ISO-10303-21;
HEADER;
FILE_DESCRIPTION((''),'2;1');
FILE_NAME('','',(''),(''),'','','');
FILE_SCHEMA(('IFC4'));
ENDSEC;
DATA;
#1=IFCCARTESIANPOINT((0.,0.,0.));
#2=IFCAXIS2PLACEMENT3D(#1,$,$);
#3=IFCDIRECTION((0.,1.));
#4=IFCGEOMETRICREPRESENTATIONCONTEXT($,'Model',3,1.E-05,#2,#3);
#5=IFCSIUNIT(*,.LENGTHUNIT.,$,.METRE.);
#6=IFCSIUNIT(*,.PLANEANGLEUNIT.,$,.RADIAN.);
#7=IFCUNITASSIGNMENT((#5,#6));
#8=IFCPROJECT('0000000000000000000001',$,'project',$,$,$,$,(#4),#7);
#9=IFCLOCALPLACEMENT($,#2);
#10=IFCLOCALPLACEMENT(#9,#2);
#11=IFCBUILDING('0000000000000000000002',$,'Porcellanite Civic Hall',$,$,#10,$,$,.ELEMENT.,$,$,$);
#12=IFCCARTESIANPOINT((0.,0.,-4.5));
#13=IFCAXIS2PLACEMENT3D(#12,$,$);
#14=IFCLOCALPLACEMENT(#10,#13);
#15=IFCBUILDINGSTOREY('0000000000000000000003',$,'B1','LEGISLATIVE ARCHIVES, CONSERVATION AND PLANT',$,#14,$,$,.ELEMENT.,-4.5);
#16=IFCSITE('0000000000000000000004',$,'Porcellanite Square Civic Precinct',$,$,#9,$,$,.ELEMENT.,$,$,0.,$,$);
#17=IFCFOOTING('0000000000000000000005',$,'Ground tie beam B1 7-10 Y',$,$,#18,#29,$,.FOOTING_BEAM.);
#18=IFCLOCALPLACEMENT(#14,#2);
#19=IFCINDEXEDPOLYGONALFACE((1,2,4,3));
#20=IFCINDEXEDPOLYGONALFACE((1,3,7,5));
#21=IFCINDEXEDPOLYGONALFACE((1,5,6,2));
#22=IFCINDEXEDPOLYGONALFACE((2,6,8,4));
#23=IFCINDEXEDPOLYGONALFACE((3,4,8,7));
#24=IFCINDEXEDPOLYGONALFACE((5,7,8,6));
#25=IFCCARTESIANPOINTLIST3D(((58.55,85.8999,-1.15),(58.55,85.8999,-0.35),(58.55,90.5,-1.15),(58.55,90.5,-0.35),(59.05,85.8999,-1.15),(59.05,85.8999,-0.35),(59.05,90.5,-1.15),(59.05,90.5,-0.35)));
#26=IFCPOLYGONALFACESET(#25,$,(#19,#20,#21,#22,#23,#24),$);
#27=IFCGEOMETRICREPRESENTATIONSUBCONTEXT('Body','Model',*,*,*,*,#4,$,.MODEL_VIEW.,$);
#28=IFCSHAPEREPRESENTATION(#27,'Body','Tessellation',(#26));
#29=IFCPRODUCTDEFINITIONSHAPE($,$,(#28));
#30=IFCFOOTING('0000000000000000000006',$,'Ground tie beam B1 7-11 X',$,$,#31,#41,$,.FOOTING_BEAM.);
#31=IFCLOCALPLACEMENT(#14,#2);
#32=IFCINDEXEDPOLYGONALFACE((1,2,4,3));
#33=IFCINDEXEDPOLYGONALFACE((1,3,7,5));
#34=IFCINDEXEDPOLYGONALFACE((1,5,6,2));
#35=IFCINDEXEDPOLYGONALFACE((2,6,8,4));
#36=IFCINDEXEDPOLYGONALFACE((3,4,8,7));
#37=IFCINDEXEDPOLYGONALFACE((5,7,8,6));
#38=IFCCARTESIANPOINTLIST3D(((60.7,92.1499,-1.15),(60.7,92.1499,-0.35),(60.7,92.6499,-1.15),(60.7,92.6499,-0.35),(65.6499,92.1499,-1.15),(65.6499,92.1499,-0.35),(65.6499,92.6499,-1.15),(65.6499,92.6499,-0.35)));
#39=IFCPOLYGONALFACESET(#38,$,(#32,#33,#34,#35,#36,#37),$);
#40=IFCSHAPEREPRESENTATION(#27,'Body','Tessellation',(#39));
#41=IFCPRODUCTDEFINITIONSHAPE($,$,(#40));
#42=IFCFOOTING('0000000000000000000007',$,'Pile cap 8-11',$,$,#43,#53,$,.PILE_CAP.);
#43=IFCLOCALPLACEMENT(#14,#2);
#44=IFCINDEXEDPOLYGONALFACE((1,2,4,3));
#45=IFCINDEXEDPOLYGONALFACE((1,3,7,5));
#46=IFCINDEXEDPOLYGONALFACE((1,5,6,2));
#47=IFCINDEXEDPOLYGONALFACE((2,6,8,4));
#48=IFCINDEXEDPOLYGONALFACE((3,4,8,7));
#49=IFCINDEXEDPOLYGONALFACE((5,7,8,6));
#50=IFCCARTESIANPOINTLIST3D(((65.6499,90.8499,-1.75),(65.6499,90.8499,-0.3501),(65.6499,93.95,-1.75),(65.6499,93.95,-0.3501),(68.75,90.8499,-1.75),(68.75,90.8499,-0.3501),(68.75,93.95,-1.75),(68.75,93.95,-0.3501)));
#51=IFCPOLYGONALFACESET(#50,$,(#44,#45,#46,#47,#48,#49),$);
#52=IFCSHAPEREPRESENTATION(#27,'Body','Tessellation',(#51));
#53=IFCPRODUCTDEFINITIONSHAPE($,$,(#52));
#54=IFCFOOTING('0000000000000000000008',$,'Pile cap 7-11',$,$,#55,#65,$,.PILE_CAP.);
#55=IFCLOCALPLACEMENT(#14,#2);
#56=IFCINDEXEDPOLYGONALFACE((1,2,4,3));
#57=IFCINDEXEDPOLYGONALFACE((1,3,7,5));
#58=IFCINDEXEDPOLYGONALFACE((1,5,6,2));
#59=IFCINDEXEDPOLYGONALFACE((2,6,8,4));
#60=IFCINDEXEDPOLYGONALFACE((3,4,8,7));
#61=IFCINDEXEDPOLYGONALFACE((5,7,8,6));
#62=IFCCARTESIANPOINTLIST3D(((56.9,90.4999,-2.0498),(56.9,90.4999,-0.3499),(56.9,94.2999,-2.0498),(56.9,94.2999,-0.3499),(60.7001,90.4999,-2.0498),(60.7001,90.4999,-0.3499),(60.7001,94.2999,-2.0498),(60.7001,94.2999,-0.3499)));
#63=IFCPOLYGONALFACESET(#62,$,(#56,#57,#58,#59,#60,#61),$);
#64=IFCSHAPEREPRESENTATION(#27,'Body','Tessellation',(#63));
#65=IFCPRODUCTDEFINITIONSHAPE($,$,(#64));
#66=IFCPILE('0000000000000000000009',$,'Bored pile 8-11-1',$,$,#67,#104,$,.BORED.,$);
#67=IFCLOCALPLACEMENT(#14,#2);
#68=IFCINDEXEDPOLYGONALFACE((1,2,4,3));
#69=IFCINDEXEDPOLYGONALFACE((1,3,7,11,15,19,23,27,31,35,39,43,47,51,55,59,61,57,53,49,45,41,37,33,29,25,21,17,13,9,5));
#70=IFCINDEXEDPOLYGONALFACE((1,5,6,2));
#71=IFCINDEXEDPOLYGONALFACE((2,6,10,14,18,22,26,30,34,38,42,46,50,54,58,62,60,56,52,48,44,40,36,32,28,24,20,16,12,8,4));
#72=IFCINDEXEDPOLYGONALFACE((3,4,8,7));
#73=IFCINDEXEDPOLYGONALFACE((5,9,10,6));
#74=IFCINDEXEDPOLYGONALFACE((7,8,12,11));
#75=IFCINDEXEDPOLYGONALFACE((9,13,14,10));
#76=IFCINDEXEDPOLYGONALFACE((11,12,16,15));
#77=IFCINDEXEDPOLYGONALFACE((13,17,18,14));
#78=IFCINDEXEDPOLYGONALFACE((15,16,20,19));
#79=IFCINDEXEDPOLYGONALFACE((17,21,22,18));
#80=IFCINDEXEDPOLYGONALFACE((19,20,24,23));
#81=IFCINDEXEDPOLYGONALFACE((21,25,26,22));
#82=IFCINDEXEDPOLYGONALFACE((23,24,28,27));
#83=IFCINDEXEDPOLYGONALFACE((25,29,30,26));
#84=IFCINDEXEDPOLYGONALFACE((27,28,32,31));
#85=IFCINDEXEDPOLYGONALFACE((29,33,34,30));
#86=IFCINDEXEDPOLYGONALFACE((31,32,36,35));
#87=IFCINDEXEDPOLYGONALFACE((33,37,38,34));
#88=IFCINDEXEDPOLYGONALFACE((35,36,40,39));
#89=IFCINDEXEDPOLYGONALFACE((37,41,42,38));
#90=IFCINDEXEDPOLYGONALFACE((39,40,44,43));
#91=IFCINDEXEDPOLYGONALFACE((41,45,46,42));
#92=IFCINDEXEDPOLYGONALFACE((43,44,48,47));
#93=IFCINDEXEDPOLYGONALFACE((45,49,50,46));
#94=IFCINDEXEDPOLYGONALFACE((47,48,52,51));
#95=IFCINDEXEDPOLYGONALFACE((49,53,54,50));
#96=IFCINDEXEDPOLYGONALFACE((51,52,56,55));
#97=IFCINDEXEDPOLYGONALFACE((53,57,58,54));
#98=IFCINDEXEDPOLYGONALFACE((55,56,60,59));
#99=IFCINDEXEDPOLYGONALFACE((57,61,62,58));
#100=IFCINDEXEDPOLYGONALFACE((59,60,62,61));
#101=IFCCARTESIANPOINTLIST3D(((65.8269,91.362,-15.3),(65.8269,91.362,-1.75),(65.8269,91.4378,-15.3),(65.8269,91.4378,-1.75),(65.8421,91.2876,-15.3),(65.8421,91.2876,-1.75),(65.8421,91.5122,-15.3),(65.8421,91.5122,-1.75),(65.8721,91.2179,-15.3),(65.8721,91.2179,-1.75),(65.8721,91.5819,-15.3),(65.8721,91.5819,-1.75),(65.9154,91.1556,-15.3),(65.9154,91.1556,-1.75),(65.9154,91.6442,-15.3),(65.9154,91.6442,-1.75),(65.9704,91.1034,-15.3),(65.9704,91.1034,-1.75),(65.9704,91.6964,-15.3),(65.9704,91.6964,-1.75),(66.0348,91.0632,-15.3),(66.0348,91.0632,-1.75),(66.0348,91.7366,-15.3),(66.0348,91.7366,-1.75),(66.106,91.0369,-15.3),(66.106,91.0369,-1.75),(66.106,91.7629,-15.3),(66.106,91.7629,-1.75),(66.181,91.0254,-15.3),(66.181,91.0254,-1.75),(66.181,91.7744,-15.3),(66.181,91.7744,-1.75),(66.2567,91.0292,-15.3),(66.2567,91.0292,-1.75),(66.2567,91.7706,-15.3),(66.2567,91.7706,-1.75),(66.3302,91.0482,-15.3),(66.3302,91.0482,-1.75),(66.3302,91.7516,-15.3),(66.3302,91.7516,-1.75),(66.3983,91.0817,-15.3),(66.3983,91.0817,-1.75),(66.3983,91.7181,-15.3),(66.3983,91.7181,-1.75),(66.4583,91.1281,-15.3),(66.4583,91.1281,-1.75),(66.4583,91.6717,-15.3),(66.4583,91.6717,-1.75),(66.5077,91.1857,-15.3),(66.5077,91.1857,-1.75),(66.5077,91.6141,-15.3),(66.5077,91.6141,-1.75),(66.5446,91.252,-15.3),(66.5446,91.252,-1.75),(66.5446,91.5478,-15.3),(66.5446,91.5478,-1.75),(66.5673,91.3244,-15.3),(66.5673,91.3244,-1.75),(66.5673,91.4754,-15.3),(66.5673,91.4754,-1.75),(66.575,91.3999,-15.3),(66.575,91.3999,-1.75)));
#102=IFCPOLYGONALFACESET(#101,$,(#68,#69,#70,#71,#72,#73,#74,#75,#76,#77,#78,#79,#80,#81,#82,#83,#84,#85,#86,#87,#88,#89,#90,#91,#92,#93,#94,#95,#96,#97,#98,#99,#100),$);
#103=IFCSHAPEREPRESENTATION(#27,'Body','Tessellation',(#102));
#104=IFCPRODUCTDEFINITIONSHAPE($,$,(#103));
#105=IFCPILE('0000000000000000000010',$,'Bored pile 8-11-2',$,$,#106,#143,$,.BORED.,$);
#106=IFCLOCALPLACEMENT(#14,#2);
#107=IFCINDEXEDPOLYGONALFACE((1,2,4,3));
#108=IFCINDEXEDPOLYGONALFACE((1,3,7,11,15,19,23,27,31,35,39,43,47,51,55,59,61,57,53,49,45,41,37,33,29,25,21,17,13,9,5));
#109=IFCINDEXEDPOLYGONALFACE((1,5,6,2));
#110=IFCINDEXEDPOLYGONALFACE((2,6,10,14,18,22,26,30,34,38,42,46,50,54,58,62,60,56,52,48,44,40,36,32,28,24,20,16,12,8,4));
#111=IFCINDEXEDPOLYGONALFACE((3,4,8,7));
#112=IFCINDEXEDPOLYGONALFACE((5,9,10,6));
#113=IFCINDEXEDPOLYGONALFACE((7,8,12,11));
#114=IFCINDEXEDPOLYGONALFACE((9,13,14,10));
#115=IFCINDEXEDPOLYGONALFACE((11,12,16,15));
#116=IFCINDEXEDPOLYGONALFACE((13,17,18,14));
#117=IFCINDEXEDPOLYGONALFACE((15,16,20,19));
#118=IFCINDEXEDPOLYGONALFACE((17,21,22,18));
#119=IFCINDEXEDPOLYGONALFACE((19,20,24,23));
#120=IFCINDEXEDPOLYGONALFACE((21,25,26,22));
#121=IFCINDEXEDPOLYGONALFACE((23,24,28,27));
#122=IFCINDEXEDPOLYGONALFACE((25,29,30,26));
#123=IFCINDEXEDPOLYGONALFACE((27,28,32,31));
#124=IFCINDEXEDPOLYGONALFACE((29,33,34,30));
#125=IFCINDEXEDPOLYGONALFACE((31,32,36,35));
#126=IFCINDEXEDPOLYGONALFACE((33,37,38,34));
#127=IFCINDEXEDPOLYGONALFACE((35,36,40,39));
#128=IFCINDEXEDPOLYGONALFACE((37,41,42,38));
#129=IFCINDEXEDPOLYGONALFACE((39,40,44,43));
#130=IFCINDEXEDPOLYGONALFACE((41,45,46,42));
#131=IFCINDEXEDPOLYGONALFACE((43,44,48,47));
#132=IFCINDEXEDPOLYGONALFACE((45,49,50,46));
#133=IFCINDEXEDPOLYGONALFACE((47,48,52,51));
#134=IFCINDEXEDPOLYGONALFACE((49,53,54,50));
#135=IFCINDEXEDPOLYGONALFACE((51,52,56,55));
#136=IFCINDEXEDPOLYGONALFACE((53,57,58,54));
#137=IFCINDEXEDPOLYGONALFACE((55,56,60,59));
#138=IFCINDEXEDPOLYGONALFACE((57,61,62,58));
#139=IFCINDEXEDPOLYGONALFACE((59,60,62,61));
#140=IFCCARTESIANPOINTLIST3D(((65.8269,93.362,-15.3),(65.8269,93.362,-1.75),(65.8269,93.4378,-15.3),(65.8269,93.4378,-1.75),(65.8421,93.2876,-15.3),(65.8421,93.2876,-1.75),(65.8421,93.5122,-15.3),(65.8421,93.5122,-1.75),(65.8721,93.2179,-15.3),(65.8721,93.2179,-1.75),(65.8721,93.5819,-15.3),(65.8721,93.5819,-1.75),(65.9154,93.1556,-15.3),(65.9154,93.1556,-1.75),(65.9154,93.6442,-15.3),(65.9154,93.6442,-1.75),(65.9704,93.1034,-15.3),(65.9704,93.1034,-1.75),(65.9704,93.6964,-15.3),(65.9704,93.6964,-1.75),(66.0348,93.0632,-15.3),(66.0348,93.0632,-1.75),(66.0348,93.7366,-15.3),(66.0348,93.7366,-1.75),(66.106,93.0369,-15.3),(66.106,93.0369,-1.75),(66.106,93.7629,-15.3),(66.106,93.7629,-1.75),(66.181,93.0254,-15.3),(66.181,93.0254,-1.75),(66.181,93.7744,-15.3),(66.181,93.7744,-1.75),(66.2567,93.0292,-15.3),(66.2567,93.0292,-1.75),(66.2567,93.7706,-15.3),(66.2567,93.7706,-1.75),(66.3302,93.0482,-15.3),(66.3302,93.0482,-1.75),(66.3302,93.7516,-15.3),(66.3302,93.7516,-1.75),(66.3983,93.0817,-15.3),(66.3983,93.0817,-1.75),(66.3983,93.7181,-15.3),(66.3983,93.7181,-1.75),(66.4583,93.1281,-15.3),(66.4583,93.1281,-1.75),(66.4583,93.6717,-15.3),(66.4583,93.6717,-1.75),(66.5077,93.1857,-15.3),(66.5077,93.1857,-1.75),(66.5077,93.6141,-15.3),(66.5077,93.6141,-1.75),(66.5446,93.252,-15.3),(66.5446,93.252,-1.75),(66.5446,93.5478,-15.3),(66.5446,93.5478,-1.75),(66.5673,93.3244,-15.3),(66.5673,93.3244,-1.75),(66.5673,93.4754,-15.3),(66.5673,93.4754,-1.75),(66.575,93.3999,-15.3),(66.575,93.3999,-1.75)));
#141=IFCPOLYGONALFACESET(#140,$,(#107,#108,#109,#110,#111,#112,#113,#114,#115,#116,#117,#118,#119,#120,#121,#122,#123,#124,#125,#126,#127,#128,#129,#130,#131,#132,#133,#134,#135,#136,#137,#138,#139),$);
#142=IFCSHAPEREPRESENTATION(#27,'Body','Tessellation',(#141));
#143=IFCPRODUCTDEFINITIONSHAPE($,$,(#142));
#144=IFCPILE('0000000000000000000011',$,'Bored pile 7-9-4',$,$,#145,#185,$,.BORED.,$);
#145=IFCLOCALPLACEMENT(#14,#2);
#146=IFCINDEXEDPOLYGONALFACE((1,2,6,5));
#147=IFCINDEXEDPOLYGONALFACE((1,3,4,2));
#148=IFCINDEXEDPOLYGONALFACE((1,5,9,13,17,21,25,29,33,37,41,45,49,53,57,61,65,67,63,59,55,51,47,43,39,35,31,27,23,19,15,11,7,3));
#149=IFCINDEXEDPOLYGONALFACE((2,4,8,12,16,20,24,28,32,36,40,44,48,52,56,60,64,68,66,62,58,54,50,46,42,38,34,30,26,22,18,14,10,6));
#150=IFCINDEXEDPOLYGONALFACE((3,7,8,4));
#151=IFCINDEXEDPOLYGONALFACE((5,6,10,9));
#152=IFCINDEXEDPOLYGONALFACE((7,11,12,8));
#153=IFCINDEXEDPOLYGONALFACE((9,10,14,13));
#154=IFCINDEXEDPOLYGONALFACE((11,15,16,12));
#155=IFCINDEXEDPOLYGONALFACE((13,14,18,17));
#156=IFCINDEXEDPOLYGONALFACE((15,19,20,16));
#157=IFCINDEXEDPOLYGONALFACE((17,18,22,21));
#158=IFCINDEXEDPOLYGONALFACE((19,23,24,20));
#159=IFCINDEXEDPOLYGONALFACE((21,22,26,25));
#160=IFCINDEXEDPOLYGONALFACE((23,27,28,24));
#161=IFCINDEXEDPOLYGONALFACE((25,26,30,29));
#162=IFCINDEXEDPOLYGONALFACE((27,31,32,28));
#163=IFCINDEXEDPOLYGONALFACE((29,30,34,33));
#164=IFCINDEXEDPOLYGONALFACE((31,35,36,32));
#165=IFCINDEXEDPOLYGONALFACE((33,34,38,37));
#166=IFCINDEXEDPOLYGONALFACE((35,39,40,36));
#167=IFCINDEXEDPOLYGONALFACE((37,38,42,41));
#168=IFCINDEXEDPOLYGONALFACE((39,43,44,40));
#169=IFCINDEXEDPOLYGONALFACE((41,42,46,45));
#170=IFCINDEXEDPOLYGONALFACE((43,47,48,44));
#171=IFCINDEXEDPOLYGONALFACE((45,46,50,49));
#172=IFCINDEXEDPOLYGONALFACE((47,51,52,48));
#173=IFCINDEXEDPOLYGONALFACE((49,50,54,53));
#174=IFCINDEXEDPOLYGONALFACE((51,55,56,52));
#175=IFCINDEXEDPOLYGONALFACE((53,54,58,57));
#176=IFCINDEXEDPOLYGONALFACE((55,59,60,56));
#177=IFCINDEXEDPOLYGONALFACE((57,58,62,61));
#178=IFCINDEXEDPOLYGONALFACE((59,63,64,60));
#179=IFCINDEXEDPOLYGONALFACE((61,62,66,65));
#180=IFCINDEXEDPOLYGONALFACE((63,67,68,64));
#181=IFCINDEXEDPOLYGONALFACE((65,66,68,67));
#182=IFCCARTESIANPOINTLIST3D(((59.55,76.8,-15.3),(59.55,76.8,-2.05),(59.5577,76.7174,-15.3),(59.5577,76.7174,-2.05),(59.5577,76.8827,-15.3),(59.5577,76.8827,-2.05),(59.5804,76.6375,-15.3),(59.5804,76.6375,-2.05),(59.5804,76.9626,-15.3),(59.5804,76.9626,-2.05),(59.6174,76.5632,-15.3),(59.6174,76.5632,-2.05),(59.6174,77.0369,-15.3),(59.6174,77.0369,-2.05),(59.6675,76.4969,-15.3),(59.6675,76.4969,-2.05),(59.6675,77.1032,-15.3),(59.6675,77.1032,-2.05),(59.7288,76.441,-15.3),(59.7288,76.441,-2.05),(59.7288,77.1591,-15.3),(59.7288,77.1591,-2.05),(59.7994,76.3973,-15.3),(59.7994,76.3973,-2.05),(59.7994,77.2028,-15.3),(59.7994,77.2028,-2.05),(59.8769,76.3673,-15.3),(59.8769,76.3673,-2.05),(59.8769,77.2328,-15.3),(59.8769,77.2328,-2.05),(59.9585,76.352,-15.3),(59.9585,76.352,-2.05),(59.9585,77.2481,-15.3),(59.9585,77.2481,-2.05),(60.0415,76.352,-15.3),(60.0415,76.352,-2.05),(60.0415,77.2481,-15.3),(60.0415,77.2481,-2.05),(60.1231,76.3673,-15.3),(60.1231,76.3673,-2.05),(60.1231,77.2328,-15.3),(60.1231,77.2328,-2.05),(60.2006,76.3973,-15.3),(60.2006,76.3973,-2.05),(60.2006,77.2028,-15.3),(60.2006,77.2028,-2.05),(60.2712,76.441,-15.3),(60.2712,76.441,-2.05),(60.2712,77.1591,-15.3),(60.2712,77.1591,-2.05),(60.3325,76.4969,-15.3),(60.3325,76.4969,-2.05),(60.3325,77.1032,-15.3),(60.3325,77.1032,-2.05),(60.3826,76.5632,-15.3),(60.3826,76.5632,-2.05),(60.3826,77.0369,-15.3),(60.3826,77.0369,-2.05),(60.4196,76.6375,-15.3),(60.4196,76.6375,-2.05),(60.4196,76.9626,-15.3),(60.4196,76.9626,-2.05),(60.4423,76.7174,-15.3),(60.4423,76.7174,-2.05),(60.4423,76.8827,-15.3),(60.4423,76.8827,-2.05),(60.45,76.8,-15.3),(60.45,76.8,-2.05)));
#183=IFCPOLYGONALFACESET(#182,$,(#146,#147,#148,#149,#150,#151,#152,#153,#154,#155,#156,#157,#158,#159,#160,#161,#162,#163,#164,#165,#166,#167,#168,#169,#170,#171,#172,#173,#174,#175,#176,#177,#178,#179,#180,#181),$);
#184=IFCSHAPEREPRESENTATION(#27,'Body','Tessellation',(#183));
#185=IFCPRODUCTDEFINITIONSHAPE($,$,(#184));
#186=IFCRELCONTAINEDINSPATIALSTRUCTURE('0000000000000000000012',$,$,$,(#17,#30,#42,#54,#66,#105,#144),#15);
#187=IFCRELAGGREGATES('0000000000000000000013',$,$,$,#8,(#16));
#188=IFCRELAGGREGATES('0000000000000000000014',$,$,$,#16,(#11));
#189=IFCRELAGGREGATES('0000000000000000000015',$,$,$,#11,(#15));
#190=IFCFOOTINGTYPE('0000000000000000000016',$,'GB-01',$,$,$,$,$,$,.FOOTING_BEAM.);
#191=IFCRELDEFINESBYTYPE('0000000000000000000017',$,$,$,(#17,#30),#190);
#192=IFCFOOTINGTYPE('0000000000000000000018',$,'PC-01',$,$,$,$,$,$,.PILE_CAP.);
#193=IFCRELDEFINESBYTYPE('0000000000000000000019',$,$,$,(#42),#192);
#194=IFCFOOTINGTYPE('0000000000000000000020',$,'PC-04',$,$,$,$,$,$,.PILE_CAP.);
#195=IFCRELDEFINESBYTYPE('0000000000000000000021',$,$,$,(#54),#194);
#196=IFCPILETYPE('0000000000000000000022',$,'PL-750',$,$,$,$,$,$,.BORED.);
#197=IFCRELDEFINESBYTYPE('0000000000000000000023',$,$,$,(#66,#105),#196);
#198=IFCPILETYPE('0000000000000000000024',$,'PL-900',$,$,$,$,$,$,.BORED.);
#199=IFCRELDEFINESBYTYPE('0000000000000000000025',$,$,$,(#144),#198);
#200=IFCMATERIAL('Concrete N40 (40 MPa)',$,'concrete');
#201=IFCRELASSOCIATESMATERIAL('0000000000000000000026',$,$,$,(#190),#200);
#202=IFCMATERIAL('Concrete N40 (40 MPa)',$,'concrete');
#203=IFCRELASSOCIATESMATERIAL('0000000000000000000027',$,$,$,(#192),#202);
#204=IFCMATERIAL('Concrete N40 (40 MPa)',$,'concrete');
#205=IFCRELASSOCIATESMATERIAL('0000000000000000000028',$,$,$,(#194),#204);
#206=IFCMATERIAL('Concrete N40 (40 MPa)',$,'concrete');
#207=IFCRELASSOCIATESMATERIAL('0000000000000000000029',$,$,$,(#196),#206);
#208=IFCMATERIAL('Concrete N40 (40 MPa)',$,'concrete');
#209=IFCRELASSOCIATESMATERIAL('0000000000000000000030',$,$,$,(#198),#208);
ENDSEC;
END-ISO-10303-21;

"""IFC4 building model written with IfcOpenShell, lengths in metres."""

from ifc_helpers import new_model, si_unit, direction, frame, origin, origin_2d, place, context, subcontext, project, spatial, rectangle, circle, extrude, material, material_profile, profile_set, type_object, element, save


model = new_model("IFC4")

# Units and contexts
model_context = context("Model", 3, precision=1e-05, world=origin(), true_north=direction((0.0, 1.0)))
body_context = subcontext(model_context, "Body", "Model", "MODEL_VIEW")
ifc_project = project(units=[si_unit("LENGTHUNIT", "METRE"), si_unit("PLANEANGLEUNIT", "RADIAN")], contexts=[model_context])

# Site, building, storey
site_placement = place(None, origin())
site = spatial("IfcSite", under=ifc_project, at=site_placement, Name="Porcellanite Square Civic Precinct", CompositionType="ELEMENT", RefElevation=0.0)
building_placement = place(site_placement, origin())
building = spatial("IfcBuilding", under=site, at=building_placement, Name="Porcellanite Civic Hall", CompositionType="ELEMENT")
storey_placement = place(building_placement, frame((0.0, 0.0, -4.5)))
storey = spatial("IfcBuildingStorey", under=building, at=storey_placement, Name="B1", Description="LEGISLATIVE ARCHIVES, CONSERVATION AND PLANT", CompositionType="ELEMENT", Elevation=-4.5)

# Footings
ifc_material_1 = material(Name="Concrete N40 (40 MPa)", Category="concrete")
ifc_material_profile_1 = material_profile(ifc_material_1, rectangle(XDim=0.5, YDim=0.8, at=origin_2d()), Name="RC-500x800")
ifc_profile_set_1 = profile_set([ifc_material_profile_1], Name="Concrete N40 (40 MPa)")
footing_type_1 = type_object("IfcFootingType", Name="GB-01", PredefinedType="FOOTING_BEAM", material=ifc_profile_set_1)
footing_1_placement = place(storey_placement, frame((58.8, 85.8999, -0.75), z_axis=(0.0, 1.0, 0.0), x_axis=(-1.0, 0.0, 0.0)))
element("IfcFooting", 1, at=footing_1_placement, inside=storey, type_object=footing_type_1, Name="Ground tie beam B1 7-10 Y", PredefinedType="FOOTING_BEAM", context=body_context, shape_type="SweptSolid", body=[
    extrude(rectangle(XDim=0.5, YDim=0.8, at=origin_2d()), origin(), (0.0, 0.0, 1.0), 4.6001),
])
footing_2_placement = place(storey_placement, frame((60.7, 92.3999, -0.75), z_axis=(1.0, 0.0, 0.0), x_axis=(0.0, 1.0, 0.0)))
element("IfcFooting", 2, at=footing_2_placement, inside=storey, type_object=footing_type_1, Name="Ground tie beam B1 7-11 X", PredefinedType="FOOTING_BEAM", context=body_context, shape_type="SweptSolid", body=[
    extrude(rectangle(XDim=0.5, YDim=0.8, at=origin_2d()), origin(), (0.0, 0.0, 1.0), 4.95),
])
ifc_material_2 = material(Name="Concrete N40 (40 MPa)", Category="concrete")
footing_type_2 = type_object("IfcFootingType", Name="PC-01", PredefinedType="PILE_CAP", material=ifc_material_2)
footing_3_placement = place(storey_placement, frame((67.2, 92.3999, -1.75), z_axis=(0.0, 0.0, 1.0), x_axis=(1.0, 0.0, 0.0)))
element("IfcFooting", 3, at=footing_3_placement, inside=storey, type_object=footing_type_2, Name="Pile cap 8-11", PredefinedType="PILE_CAP", context=body_context, shape_type="SweptSolid", body=[
    extrude(rectangle(XDim=3.1001, YDim=3.1001, at=origin_2d()), origin(), (0.0, 0.0, 1.0), 1.3999),
])
ifc_material_3 = material(Name="Concrete N40 (40 MPa)", Category="concrete")
footing_type_3 = type_object("IfcFootingType", Name="PC-04", PredefinedType="PILE_CAP", material=ifc_material_3)
footing_4_placement = place(storey_placement, frame((58.8, 92.3999, -2.0498), z_axis=(0.0, 0.0, 1.0), x_axis=(1.0, 0.0, 0.0)))
element("IfcFooting", 4, at=footing_4_placement, inside=storey, type_object=footing_type_3, Name="Pile cap 7-11", PredefinedType="PILE_CAP", context=body_context, shape_type="SweptSolid", body=[
    extrude(rectangle(XDim=3.8, YDim=3.8, at=origin_2d()), origin(), (0.0, 0.0, 1.0), 1.7),
])

# Piles
ifc_material_4 = material(Name="Concrete N40 (40 MPa)", Category="concrete")
ifc_material_profile_2 = material_profile(ifc_material_4, circle(Radius=0.375, at=origin_2d()), Name="PILE-D750")
ifc_profile_set_2 = profile_set([ifc_material_profile_2], Name="Concrete N40 (40 MPa)")
pile_type_1 = type_object("IfcPileType", Name="PL-750", PredefinedType="BORED", material=ifc_profile_set_2)
for number, where, z_axis, x_axis, name in (
    (5, (66.2, 91.3999, -1.75), (0.0, 0.0, -1.0), (1.0, 0.0, 0.0), "Bored pile 8-11-1"),
    (6, (66.2, 93.3999, -1.75), (0.0, 0.0, -1.0), (1.0, 0.0, 0.0), "Bored pile 8-11-2"),
):
    element("IfcPile", number, at=place(storey_placement, frame(where, z_axis=z_axis, x_axis=x_axis)), inside=storey, type_object=pile_type_1, Name=name, PredefinedType="BORED", context=body_context, shape_type="SweptSolid", body=[
        extrude(circle(Radius=0.375, at=origin_2d()), origin(), (0.0, 0.0, 1.0), 13.55),
    ])
ifc_material_5 = material(Name="Concrete N40 (40 MPa)", Category="concrete")
ifc_material_profile_3 = material_profile(ifc_material_5, circle(Radius=0.45, at=origin_2d()), Name="PILE-D900")
ifc_profile_set_3 = profile_set([ifc_material_profile_3], Name="Concrete N40 (40 MPa)")
pile_type_2 = type_object("IfcPileType", Name="PL-900", PredefinedType="BORED", material=ifc_profile_set_3)
for number, where, z_axis, x_axis, name in (
    (7, (60.0, 76.8, -2.05), (0.0, 0.0, -1.0), (1.0, 0.0, 0.0), "Bored pile 7-9-4"),
):
    element("IfcPile", number, at=place(storey_placement, frame(where, z_axis=z_axis, x_axis=x_axis)), inside=storey, type_object=pile_type_2, Name=name, PredefinedType="BORED", context=body_context, shape_type="SweptSolid", body=[
        extrude(circle(Radius=0.45, at=origin_2d()), origin(), (0.0, 0.0, 1.0), 13.25),
    ])

save(model, "model.ifc")
